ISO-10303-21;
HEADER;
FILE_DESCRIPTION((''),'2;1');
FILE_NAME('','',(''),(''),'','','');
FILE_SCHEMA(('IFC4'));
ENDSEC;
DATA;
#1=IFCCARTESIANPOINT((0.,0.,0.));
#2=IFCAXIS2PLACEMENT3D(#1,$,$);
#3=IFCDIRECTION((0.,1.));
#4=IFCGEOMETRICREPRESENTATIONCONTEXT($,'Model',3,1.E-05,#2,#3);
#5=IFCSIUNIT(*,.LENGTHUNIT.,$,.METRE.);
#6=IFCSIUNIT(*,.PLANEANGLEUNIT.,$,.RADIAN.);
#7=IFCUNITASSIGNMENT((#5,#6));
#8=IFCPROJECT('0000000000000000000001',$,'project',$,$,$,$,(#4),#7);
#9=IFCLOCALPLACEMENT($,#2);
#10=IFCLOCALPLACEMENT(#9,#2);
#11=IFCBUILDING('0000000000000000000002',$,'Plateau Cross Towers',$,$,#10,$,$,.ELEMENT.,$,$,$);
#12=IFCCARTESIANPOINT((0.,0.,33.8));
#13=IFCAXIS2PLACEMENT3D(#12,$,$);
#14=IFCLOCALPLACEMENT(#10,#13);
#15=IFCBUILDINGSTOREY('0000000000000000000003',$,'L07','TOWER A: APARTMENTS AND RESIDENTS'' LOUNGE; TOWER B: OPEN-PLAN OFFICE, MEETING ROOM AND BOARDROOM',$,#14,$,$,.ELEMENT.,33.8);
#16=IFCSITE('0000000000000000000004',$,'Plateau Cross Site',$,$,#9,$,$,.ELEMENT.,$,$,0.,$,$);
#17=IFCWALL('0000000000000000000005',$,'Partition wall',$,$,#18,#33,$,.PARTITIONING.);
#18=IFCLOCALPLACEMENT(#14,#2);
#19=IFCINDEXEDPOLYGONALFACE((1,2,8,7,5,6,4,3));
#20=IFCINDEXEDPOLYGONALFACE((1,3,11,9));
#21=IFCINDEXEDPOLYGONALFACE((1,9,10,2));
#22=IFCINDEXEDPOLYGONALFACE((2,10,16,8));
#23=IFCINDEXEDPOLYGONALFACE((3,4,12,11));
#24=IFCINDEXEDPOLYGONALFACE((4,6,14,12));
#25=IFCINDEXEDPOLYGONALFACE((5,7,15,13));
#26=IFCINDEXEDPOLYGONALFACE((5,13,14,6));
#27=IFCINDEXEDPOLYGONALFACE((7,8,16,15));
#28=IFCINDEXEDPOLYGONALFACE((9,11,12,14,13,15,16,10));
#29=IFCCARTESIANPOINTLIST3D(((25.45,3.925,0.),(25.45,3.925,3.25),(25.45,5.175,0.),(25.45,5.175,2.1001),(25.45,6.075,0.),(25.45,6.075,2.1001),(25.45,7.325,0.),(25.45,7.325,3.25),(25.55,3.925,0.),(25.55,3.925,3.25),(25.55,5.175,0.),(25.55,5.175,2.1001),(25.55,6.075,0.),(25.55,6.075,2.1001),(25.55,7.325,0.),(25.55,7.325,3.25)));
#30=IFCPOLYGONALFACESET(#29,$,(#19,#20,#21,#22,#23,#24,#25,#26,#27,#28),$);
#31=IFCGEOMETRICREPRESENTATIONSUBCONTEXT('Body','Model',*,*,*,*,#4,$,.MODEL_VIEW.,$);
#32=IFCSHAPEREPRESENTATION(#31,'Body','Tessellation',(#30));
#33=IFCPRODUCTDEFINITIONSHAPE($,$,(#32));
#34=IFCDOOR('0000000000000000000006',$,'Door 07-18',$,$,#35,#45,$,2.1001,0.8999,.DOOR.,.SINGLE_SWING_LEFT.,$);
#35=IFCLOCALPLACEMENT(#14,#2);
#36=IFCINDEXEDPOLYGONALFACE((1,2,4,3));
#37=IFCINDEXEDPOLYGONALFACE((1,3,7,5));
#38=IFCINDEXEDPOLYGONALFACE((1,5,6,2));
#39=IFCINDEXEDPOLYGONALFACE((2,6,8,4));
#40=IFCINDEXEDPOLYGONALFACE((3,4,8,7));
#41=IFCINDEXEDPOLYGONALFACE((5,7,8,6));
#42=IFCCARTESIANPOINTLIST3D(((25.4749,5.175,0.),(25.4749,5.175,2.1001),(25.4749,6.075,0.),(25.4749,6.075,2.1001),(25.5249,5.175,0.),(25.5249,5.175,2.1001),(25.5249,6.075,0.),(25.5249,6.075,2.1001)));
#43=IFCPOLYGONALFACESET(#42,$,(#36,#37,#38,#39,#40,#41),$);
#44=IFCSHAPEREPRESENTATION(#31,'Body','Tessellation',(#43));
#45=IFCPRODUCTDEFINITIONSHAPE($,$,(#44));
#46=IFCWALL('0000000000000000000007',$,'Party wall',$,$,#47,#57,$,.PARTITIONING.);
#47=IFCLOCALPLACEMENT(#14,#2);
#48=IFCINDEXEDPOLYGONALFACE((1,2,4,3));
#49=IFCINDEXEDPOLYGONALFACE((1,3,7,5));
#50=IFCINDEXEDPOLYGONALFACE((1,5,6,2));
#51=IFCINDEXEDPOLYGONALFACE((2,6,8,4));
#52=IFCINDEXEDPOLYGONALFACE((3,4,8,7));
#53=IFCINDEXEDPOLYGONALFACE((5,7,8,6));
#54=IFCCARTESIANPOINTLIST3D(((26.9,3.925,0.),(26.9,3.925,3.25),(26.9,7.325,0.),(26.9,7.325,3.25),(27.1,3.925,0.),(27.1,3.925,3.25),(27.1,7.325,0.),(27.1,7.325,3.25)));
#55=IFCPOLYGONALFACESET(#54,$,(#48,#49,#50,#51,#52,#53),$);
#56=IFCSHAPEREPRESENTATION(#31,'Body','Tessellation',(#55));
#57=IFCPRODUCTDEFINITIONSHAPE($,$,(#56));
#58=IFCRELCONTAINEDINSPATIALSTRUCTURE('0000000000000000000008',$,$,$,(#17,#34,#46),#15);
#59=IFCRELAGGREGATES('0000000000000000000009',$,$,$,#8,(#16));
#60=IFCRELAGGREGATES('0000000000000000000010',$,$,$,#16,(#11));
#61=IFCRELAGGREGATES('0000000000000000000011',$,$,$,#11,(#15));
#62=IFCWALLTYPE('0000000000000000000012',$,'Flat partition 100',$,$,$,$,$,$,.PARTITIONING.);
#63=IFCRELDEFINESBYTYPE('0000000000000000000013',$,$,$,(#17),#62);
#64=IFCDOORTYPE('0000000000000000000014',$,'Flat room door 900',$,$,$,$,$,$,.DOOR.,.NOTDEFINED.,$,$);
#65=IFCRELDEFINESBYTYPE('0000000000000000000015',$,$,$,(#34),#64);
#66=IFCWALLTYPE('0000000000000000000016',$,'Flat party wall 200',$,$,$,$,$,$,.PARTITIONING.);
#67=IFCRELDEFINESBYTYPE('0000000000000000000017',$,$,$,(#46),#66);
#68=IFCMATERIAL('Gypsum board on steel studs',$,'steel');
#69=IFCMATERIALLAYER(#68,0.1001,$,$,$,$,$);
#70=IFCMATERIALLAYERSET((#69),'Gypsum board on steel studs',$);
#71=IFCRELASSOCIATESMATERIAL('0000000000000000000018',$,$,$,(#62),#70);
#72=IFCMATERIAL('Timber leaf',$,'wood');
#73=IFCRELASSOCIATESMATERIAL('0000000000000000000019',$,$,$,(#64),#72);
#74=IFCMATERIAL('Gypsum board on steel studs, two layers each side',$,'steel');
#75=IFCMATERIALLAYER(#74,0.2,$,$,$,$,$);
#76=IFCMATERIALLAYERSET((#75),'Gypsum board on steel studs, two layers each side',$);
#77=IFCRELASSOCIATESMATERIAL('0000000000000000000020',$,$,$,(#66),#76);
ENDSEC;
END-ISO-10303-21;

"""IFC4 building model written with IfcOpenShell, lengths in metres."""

from ifc_helpers import new_model, si_unit, direction, frame, frame_2d, origin, place, context, subcontext, project, spatial, rectangle, extrude, material, layer, layer_set, type_object, element, fill, save


model = new_model("IFC4")

# Units and contexts
model_context = context("Model", 3, precision=1e-05, world=origin(), true_north=direction((0.0, 1.0)))
body_context = subcontext(model_context, "Body", "Model", "MODEL_VIEW")
ifc_project = project(units=[si_unit("LENGTHUNIT", "METRE"), si_unit("PLANEANGLEUNIT", "RADIAN")], contexts=[model_context])

# Site, building, storey
site_placement = place(None, origin())
site = spatial("IfcSite", under=ifc_project, at=site_placement, Name="Plateau Cross Site", CompositionType="ELEMENT", RefElevation=0.0)
building_placement = place(site_placement, origin())
building = spatial("IfcBuilding", under=site, at=building_placement, Name="Plateau Cross Towers", CompositionType="ELEMENT")
storey_placement = place(building_placement, frame((0.0, 0.0, 33.8)))
storey = spatial("IfcBuildingStorey", under=building, at=storey_placement, Name="L07", Description="TOWER A: APARTMENTS AND RESIDENTS' LOUNGE; TOWER B: OPEN-PLAN OFFICE, MEETING ROOM AND BOARDROOM", CompositionType="ELEMENT", Elevation=33.8)

# Shared definitions
ifc_material_1 = material(Name="Gypsum board on steel studs", Category="steel")
ifc_layer_1 = layer(ifc_material_1, 0.1001)
ifc_layer_set_1 = layer_set([ifc_layer_1], Name="Gypsum board on steel studs")
wall_type_1 = type_object("IfcWallType", Name="Flat partition 100", PredefinedType="PARTITIONING", material=ifc_layer_set_1)

# Wall, opening, door
ifc_material_2 = material(Name="Timber leaf", Category="wood")
door_type_1 = type_object("IfcDoorType", Name="Flat room door 900", OperationType="NOTDEFINED", PredefinedType="DOOR", material=ifc_material_2)
wall_1_placement = place(storey_placement, frame((25.5, 7.325, 0.0), z_axis=(0.0, 0.0, 1.0), x_axis=(0.0, -1.0, 0.0)))
wall_1 = element("IfcWall", 1, at=wall_1_placement, inside=storey, type_object=wall_type_1, Name="Partition wall", PredefinedType="PARTITIONING", context=body_context, shape_type="SweptSolid", body=[
    extrude(rectangle(XDim=3.3999, YDim=0.1001, at=frame_2d((1.7, 0.0))), origin(), (0.0, 0.0, 1.0), 3.25),
])
opening_1_placement = place(wall_1_placement, frame((1.25, 0.0, 0.0)))
opening_1 = element("IfcOpeningElement", 2, at=opening_1_placement, cuts=wall_1, PredefinedType="OPENING", context=body_context, shape_type="SweptSolid", body=[
    extrude(rectangle(XDim=0.8999, YDim=2.1001, at=frame_2d((0.45, 1.05))), frame((0.0, 0.0601, 0.0), z_axis=(0.0, -1.0, 0.0), x_axis=(1.0, 0.0, 0.0)), (0.0, 0.0, 1.0), 0.1201),
])
door_1_placement = place(opening_1_placement, origin())
door_1 = element("IfcDoor", 3, at=door_1_placement, inside=storey, type_object=door_type_1, Name="Door 07-18", OperationType="SINGLE_SWING_LEFT", OverallHeight=2.1001, OverallWidth=0.8999, PredefinedType="DOOR", context=body_context, shape_type="SweptSolid", body=[
    extrude(rectangle(XDim=0.8999, YDim=2.1001, at=frame_2d((0.45, 1.05))), frame((0.0, 0.0249, 0.0), z_axis=(0.0, -1.0, 0.0), x_axis=(1.0, 0.0, 0.0)), (0.0, 0.0, 1.0), 0.05),
])
fill(opening_1, door_1)

# Wall
ifc_material_3 = material(Name="Gypsum board on steel studs, two layers each side", Category="steel")
ifc_layer_2 = layer(ifc_material_3, 0.2)
ifc_layer_set_2 = layer_set([ifc_layer_2], Name="Gypsum board on steel studs, two layers each side")
wall_type_2 = type_object("IfcWallType", Name="Flat party wall 200", PredefinedType="PARTITIONING", material=ifc_layer_set_2)
wall_2_placement = place(storey_placement, frame((27.0, 3.925, 0.0), z_axis=(0.0, 0.0, 1.0), x_axis=(0.0, 1.0, 0.0)))
element("IfcWall", 4, at=wall_2_placement, inside=storey, type_object=wall_type_2, Name="Party wall", PredefinedType="PARTITIONING", context=body_context, shape_type="SweptSolid", body=[
    extrude(rectangle(XDim=3.3999, YDim=0.2, at=frame_2d((1.7, 0.0))), origin(), (0.0, 0.0, 1.0), 3.25),
])

save(model, "model.ifc")
